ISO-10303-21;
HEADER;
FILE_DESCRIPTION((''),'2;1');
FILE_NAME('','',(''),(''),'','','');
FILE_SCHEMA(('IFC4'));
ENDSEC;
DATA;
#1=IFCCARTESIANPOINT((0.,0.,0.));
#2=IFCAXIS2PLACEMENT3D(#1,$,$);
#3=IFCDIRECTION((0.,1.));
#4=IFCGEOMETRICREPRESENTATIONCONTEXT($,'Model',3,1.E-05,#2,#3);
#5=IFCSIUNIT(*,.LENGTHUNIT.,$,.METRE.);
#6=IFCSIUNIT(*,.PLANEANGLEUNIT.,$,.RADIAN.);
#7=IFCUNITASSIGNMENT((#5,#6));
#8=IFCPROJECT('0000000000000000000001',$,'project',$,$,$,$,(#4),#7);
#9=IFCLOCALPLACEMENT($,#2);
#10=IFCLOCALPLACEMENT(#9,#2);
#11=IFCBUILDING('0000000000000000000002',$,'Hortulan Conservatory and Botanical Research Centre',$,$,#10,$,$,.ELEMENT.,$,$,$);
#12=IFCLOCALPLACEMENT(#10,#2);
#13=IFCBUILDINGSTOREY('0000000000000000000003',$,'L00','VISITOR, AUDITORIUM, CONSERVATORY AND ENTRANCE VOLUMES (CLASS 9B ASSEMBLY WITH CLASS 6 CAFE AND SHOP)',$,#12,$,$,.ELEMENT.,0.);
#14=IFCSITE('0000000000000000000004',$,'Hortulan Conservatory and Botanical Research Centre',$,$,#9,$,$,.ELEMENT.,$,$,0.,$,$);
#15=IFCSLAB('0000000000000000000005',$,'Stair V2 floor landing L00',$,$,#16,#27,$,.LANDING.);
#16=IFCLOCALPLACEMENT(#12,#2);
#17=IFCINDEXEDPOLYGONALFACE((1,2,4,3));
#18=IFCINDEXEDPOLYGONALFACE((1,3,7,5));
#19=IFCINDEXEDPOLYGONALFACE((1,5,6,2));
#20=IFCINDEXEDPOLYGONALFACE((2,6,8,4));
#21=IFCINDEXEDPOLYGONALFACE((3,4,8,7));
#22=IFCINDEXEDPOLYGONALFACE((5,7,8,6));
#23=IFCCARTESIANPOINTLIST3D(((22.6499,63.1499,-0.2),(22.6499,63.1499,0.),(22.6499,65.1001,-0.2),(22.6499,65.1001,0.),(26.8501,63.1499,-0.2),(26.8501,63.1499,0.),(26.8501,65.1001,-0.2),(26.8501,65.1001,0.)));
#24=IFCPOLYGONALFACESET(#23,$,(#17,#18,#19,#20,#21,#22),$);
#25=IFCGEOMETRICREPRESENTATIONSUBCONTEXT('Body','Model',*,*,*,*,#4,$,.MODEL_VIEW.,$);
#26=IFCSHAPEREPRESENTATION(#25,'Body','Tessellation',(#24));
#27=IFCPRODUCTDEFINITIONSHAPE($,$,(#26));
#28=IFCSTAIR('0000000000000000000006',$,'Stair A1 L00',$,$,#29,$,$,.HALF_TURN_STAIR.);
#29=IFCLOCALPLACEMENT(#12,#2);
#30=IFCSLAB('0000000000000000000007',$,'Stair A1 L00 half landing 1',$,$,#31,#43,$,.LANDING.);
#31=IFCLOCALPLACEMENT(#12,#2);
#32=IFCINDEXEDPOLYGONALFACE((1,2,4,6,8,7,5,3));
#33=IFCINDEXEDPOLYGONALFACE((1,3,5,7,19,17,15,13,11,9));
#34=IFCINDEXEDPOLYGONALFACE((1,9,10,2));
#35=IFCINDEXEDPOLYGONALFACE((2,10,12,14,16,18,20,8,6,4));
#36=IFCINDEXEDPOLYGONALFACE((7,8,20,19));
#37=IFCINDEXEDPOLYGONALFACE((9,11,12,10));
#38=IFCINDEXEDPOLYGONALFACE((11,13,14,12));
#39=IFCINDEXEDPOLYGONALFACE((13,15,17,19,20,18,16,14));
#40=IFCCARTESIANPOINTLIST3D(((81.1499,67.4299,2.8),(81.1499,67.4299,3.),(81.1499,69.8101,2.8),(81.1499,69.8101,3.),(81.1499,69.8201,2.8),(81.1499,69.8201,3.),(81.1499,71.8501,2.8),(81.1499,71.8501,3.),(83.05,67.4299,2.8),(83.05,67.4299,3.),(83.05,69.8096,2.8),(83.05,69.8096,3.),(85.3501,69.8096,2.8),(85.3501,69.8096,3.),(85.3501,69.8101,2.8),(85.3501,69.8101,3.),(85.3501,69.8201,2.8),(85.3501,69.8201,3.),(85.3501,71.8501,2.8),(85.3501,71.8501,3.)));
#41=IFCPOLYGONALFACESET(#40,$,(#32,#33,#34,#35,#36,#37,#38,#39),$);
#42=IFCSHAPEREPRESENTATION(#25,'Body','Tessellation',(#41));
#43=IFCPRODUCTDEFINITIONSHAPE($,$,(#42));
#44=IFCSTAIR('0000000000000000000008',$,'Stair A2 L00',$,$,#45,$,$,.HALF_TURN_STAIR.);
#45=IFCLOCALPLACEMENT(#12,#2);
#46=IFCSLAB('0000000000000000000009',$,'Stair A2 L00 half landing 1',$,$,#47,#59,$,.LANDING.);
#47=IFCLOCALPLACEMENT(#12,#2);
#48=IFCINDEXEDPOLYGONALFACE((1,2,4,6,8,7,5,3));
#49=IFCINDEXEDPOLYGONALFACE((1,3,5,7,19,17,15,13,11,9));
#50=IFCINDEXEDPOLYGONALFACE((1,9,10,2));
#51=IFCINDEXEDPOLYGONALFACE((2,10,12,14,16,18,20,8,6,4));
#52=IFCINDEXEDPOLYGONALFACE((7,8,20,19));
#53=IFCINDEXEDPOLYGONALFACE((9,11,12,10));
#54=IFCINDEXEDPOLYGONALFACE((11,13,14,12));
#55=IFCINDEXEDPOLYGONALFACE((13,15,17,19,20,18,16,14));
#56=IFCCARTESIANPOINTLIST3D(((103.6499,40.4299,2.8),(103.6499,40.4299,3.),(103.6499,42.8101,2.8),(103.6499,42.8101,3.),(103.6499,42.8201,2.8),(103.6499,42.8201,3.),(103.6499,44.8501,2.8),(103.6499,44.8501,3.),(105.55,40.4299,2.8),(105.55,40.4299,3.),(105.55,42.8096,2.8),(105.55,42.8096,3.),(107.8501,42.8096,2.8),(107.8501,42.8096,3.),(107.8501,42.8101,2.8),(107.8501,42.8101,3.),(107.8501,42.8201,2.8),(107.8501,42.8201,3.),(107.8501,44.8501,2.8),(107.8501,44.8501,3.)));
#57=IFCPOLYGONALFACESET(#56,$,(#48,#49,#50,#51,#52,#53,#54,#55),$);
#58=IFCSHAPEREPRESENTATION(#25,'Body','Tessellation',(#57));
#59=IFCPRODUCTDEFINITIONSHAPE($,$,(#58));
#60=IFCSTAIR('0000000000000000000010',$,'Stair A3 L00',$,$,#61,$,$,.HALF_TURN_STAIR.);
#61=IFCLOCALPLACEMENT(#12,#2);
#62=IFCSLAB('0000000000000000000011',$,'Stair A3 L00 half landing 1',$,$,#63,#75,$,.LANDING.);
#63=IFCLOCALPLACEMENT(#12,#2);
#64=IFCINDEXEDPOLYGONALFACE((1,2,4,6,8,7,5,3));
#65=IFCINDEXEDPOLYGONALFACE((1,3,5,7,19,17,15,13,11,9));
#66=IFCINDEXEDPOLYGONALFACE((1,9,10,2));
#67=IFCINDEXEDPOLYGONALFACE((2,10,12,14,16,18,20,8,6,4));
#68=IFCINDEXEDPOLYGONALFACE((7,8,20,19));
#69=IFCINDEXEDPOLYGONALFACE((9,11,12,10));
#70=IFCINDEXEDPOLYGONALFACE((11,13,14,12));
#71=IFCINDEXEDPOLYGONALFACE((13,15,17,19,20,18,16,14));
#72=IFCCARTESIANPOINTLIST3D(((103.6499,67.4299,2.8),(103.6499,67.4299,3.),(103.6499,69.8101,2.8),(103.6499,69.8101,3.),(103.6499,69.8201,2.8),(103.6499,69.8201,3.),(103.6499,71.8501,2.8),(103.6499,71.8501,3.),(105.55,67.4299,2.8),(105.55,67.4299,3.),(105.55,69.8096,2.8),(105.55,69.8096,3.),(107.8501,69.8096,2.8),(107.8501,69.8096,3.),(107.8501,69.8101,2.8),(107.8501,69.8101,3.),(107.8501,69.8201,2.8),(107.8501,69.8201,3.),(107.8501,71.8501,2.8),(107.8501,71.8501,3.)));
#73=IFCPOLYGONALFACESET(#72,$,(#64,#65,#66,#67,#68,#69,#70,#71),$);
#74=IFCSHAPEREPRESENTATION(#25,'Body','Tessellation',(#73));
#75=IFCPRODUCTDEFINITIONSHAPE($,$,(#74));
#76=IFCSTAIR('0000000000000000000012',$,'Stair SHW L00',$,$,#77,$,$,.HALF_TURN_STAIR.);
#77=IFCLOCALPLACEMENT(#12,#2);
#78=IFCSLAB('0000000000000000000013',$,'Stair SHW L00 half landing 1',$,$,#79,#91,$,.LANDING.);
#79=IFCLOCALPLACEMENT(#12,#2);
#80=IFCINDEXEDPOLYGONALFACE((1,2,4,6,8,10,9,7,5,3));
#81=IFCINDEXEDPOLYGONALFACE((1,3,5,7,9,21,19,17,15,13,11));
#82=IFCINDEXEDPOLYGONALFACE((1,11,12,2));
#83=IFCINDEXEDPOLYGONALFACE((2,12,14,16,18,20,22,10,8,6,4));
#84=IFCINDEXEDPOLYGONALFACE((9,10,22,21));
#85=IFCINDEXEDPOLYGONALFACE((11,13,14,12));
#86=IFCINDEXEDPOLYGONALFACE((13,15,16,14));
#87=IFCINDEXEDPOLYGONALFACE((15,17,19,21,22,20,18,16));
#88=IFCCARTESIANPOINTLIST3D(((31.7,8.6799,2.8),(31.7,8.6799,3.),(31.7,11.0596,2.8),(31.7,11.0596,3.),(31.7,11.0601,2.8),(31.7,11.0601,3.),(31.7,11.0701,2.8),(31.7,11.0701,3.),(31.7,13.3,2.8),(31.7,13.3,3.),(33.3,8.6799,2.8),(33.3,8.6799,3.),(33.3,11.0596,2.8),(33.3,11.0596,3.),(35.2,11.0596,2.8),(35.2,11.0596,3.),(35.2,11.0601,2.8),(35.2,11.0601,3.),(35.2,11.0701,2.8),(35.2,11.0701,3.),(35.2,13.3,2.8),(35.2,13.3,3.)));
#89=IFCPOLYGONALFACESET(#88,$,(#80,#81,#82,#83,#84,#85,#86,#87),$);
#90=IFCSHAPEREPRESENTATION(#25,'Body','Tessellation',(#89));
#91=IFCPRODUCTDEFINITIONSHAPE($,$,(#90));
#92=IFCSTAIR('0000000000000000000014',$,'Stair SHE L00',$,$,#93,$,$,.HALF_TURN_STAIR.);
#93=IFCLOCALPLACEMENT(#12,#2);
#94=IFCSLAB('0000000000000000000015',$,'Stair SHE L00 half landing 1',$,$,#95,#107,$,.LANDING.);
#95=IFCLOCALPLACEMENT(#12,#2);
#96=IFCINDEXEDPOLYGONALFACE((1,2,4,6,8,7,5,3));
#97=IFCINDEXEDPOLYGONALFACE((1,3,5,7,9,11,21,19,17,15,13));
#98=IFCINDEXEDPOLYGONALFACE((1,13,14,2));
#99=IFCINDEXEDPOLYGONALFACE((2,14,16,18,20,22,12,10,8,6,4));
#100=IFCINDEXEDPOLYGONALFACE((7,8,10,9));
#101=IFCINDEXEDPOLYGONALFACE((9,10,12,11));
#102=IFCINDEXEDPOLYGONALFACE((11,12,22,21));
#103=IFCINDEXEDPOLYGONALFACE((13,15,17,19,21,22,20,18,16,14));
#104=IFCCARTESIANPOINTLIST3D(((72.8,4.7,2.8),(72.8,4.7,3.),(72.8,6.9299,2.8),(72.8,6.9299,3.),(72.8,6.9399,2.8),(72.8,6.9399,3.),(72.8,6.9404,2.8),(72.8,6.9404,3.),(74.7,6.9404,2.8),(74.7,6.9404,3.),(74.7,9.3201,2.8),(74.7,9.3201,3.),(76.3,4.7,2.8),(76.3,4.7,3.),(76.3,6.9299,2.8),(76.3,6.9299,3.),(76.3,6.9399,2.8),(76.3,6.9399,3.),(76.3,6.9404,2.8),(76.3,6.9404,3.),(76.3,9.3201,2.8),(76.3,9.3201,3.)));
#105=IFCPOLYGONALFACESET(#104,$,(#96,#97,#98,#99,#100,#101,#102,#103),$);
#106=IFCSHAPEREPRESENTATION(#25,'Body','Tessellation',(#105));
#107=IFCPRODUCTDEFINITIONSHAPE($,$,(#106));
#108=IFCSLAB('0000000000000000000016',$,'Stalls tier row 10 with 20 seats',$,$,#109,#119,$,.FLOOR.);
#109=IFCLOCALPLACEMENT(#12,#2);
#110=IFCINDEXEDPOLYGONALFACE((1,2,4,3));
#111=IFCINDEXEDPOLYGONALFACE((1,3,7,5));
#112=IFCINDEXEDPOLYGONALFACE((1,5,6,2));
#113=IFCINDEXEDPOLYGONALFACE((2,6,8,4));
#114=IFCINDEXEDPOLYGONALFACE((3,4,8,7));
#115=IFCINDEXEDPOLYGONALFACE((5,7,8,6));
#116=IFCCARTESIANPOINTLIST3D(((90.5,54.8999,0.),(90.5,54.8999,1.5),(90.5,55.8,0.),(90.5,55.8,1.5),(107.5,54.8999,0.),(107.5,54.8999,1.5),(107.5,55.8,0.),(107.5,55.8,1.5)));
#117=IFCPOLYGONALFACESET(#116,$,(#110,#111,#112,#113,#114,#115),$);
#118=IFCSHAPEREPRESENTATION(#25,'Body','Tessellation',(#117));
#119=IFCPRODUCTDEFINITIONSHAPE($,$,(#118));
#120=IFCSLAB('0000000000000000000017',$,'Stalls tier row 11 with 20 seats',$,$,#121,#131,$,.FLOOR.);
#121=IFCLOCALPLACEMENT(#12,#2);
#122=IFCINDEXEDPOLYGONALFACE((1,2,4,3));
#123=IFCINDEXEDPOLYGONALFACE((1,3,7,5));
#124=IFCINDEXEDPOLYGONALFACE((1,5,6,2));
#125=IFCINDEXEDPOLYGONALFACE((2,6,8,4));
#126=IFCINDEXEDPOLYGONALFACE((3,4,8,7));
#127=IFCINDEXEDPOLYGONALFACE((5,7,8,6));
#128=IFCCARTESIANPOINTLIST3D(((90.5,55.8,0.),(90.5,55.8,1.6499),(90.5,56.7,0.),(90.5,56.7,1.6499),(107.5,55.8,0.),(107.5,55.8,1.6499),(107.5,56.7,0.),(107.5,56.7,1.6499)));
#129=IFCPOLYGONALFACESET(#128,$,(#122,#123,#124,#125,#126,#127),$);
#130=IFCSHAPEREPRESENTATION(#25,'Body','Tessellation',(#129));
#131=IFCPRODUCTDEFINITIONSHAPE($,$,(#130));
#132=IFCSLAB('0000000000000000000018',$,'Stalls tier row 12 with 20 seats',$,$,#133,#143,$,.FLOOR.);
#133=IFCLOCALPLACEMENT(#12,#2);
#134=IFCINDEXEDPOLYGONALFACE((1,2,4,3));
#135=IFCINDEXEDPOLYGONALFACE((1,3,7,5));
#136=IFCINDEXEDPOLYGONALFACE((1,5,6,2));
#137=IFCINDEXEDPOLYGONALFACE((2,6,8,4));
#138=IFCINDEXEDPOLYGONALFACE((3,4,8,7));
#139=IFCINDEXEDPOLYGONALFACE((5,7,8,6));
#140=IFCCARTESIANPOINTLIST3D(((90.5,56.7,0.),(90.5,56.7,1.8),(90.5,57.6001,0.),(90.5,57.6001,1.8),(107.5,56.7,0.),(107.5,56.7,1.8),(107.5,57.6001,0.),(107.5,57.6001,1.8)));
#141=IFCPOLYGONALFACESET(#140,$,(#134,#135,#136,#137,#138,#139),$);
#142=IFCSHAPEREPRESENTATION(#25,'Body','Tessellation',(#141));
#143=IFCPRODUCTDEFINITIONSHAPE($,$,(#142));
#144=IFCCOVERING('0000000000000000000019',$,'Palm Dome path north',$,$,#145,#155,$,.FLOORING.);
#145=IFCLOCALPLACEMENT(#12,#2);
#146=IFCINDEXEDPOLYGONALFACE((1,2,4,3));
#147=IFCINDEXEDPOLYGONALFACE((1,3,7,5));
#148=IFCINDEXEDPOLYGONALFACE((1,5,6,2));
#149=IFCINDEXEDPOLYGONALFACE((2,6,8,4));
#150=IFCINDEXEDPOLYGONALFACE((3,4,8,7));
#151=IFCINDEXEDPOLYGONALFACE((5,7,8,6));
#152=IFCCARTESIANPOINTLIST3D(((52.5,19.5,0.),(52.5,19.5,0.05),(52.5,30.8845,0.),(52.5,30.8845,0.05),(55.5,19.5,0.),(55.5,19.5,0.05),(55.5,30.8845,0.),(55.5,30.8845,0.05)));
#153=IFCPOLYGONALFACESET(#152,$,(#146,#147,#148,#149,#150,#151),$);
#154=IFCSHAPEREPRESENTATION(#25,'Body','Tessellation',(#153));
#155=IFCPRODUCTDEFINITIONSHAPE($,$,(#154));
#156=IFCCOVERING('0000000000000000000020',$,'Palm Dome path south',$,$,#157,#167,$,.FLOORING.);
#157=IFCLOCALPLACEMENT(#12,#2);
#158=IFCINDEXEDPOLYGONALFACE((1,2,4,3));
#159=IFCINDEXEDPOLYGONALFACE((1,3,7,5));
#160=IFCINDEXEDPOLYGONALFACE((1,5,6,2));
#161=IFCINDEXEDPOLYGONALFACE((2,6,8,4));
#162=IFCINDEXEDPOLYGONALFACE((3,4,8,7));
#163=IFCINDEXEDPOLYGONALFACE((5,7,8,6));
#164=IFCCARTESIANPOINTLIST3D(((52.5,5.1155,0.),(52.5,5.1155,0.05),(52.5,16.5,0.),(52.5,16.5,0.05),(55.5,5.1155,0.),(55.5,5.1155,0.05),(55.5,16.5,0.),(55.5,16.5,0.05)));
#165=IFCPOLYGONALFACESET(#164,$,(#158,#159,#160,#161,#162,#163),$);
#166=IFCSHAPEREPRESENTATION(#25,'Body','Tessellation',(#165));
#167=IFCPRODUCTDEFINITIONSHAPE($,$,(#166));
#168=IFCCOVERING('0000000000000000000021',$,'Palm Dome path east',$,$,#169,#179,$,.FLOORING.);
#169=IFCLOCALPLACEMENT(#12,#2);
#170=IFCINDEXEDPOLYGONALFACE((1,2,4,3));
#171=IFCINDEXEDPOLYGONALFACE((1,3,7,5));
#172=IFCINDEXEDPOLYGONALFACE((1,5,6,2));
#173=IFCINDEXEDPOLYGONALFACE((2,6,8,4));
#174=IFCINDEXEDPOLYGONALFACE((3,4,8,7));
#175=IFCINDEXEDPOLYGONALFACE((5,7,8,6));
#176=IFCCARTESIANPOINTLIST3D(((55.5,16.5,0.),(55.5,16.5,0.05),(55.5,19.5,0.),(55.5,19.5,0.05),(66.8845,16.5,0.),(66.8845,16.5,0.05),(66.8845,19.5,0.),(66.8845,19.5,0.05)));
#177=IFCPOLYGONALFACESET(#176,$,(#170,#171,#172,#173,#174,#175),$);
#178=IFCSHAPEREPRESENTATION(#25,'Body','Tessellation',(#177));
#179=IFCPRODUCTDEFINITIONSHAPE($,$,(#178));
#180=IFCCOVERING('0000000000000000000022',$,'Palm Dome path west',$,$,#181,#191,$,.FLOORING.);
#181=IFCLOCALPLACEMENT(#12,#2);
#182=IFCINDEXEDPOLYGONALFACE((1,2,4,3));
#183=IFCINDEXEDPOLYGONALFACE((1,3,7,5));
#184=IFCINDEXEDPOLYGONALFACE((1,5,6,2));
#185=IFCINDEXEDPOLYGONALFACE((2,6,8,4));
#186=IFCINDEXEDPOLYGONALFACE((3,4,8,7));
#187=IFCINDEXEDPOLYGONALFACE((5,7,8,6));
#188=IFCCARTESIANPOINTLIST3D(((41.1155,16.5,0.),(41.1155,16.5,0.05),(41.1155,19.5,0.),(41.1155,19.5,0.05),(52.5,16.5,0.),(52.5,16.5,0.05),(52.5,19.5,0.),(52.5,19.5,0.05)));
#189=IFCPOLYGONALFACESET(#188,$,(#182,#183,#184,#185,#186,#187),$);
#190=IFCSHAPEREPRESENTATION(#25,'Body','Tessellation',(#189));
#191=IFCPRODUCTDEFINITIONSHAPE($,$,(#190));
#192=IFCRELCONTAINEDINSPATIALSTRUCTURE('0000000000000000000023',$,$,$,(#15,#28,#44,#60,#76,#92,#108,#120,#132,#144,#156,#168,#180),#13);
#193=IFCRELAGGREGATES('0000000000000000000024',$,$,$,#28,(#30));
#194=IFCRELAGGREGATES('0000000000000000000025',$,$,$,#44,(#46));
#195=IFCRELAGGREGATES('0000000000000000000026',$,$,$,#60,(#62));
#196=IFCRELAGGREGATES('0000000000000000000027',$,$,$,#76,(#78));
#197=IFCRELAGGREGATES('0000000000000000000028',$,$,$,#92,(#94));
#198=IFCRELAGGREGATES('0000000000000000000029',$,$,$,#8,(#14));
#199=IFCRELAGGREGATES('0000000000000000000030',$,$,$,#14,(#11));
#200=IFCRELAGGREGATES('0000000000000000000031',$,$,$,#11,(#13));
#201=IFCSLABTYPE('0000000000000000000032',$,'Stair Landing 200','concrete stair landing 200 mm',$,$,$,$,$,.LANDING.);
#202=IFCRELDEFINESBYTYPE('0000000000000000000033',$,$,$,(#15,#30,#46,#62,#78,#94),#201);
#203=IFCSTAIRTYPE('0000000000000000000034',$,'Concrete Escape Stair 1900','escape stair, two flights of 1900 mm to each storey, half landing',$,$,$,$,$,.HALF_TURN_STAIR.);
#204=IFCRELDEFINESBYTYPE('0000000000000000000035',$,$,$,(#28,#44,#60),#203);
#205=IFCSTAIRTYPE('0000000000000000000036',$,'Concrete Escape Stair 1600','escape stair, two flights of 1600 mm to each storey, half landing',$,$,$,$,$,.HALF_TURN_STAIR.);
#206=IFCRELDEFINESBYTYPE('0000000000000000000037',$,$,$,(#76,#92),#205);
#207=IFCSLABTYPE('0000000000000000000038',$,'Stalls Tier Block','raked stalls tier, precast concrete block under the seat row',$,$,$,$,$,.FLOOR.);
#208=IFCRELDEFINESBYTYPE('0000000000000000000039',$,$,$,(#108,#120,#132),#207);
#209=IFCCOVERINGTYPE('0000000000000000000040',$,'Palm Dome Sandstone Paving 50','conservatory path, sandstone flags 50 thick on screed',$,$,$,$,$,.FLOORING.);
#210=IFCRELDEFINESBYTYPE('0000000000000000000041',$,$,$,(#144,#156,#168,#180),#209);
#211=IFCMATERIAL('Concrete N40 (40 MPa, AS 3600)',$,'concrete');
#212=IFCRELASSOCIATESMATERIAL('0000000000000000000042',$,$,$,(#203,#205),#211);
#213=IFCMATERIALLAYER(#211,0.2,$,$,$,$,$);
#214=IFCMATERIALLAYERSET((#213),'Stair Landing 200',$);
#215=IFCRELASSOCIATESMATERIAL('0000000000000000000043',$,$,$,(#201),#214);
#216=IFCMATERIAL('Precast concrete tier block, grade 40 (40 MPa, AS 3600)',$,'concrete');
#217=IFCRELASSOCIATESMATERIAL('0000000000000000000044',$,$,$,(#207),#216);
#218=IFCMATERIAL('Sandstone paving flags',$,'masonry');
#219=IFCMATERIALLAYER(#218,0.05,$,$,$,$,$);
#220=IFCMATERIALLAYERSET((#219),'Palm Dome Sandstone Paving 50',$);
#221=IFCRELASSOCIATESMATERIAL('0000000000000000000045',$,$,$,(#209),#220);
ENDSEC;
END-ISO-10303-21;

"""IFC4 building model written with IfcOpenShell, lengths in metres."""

from ifc_helpers import new_model, si_unit, direction, frame, origin, place, context, subcontext, project, spatial, polyline, outline, extrude, material, layer, layer_set, type_object, element, aggregate, save


model = new_model("IFC4")

# Units and contexts
model_context = context("Model", 3, precision=1e-05, world=origin(), true_north=direction((0.0, 1.0)))
body_context = subcontext(model_context, "Body", "Model", "MODEL_VIEW")
ifc_project = project(units=[si_unit("LENGTHUNIT", "METRE"), si_unit("PLANEANGLEUNIT", "RADIAN")], contexts=[model_context])

# Site, building, storey
site_placement = place(None, origin())
site = spatial("IfcSite", under=ifc_project, at=site_placement, Name="Hortulan Conservatory and Botanical Research Centre", CompositionType="ELEMENT", RefElevation=0.0)
building_placement = place(site_placement, origin())
building = spatial("IfcBuilding", under=site, at=building_placement, Name="Hortulan Conservatory and Botanical Research Centre", CompositionType="ELEMENT")
storey_placement = place(building_placement, origin())
storey = spatial("IfcBuildingStorey", under=building, at=storey_placement, Name="L00", Description="VISITOR, AUDITORIUM, CONSERVATORY AND ENTRANCE VOLUMES (CLASS 9B ASSEMBLY WITH CLASS 6 CAFE AND SHOP)", CompositionType="ELEMENT", Elevation=0.0)

# Shared definitions
ifc_material_1 = material(Name="Concrete N40 (40 MPa, AS 3600)", Category="concrete")
stair_type_1 = type_object("IfcStairType", Name="Concrete Escape Stair 1900", Description="escape stair, two flights of 1900 mm to each storey, half landing", PredefinedType="HALF_TURN_STAIR", material=ifc_material_1)
ifc_layer_1 = layer(ifc_material_1, 0.2)
ifc_layer_set_1 = layer_set([ifc_layer_1], Name="Stair Landing 200")
slab_type_1 = type_object("IfcSlabType", Name="Stair Landing 200", Description="concrete stair landing 200 mm", PredefinedType="LANDING", material=ifc_layer_set_1)

# Slab
slab_1_placement = place(storey_placement, frame((0.0, 0.0, -0.2)))
element("IfcSlab", 1, at=slab_1_placement, inside=storey, type_object=slab_type_1, Name="Stair V2 floor landing L00", PredefinedType="LANDING", context=body_context, shape_type="SweptSolid", body=[
    extrude(outline(polyline([(26.8501, 63.1499), (22.6499, 63.1499), (22.6499, 65.1001), (26.8501, 65.1001), (26.8501, 63.1499)])), origin(), (0.0, 0.0, 1.0), 0.2),
])

# Stairs, slabs
stair_1_placement = place(storey_placement, origin())
stair_1 = element("IfcStair", 2, at=stair_1_placement, inside=storey, type_object=stair_type_1, Name="Stair A1 L00", PredefinedType="HALF_TURN_STAIR")
slab_2_placement = place(storey_placement, frame((0.0, 0.0, 2.8)))
slab_2 = element("IfcSlab", 3, at=slab_2_placement, type_object=slab_type_1, Name="Stair A1 L00 half landing 1", PredefinedType="LANDING", context=body_context, shape_type="SweptSolid", body=[
    extrude(outline(polyline([(85.3501, 69.8096), (83.05, 69.8096), (83.05, 67.4299), (81.1499, 67.4299), (81.1499, 69.8101), (81.1499, 69.8101), (81.1499, 69.8201), (81.1499, 71.8501), (85.3501, 71.8501), (85.3501, 69.8201), (85.3501, 69.8101), (85.3501, 69.8096)])), origin(), (0.0, 0.0, 1.0), 0.2),
])
aggregate(stair_1, [slab_2])
stair_2_placement = place(storey_placement, origin())
stair_2 = element("IfcStair", 4, at=stair_2_placement, inside=storey, type_object=stair_type_1, Name="Stair A2 L00", PredefinedType="HALF_TURN_STAIR")
slab_3_placement = place(storey_placement, frame((0.0, 0.0, 2.8)))
slab_3 = element("IfcSlab", 5, at=slab_3_placement, type_object=slab_type_1, Name="Stair A2 L00 half landing 1", PredefinedType="LANDING", context=body_context, shape_type="SweptSolid", body=[
    extrude(outline(polyline([(107.8501, 42.8096), (105.55, 42.8096), (105.55, 40.4299), (103.6499, 40.4299), (103.6499, 42.8101), (103.6499, 42.8101), (103.6499, 42.8201), (103.6499, 44.8501), (107.8501, 44.8501), (107.8501, 42.8201), (107.8501, 42.8101), (107.8501, 42.8096)])), origin(), (0.0, 0.0, 1.0), 0.2),
])
aggregate(stair_2, [slab_3])
stair_3_placement = place(storey_placement, origin())
stair_3 = element("IfcStair", 6, at=stair_3_placement, inside=storey, type_object=stair_type_1, Name="Stair A3 L00", PredefinedType="HALF_TURN_STAIR")
slab_4_placement = place(storey_placement, frame((0.0, 0.0, 2.8)))
slab_4 = element("IfcSlab", 7, at=slab_4_placement, type_object=slab_type_1, Name="Stair A3 L00 half landing 1", PredefinedType="LANDING", context=body_context, shape_type="SweptSolid", body=[
    extrude(outline(polyline([(107.8501, 69.8096), (105.55, 69.8096), (105.55, 67.4299), (103.6499, 67.4299), (103.6499, 69.8101), (103.6499, 69.8101), (103.6499, 69.8201), (103.6499, 71.8501), (107.8501, 71.8501), (107.8501, 69.8201), (107.8501, 69.8101), (107.8501, 69.8096)])), origin(), (0.0, 0.0, 1.0), 0.2),
])
aggregate(stair_3, [slab_4])
stair_type_2 = type_object("IfcStairType", Name="Concrete Escape Stair 1600", Description="escape stair, two flights of 1600 mm to each storey, half landing", PredefinedType="HALF_TURN_STAIR", material=ifc_material_1)
stair_4_placement = place(storey_placement, origin())
stair_4 = element("IfcStair", 8, at=stair_4_placement, inside=storey, type_object=stair_type_2, Name="Stair SHW L00", PredefinedType="HALF_TURN_STAIR")
slab_5_placement = place(storey_placement, frame((0.0, 0.0, 2.8)))
slab_5 = element("IfcSlab", 9, at=slab_5_placement, type_object=slab_type_1, Name="Stair SHW L00 half landing 1", PredefinedType="LANDING", context=body_context, shape_type="SweptSolid", body=[
    extrude(outline(polyline([(35.2, 11.0596), (33.3, 11.0596), (33.3, 8.6799), (31.7, 8.6799), (31.7, 11.0596), (31.7, 11.0601), (31.7, 11.0701), (31.7, 13.3), (35.2, 13.3), (35.2, 11.0701), (35.2, 11.0601), (35.2, 11.0596)])), origin(), (0.0, 0.0, 1.0), 0.2),
])
aggregate(stair_4, [slab_5])
stair_5_placement = place(storey_placement, origin())
stair_5 = element("IfcStair", 10, at=stair_5_placement, inside=storey, type_object=stair_type_2, Name="Stair SHE L00", PredefinedType="HALF_TURN_STAIR")
slab_6_placement = place(storey_placement, frame((0.0, 0.0, 2.8)))
slab_6 = element("IfcSlab", 11, at=slab_6_placement, type_object=slab_type_1, Name="Stair SHE L00 half landing 1", PredefinedType="LANDING", context=body_context, shape_type="SweptSolid", body=[
    extrude(outline(polyline([(72.8, 6.9404), (74.7, 6.9404), (74.7, 9.3201), (76.3, 9.3201), (76.3, 6.9404), (76.3, 6.9399), (76.3, 6.9299), (76.3, 4.7), (72.8, 4.7), (72.8, 6.9299), (72.8, 6.9399), (72.8, 6.9404)])), origin(), (0.0, 0.0, 1.0), 0.2),
])
aggregate(stair_5, [slab_6])

# Slabs
ifc_material_2 = material(Name="Precast concrete tier block, grade 40 (40 MPa, AS 3600)", Category="concrete")
slab_type_2 = type_object("IfcSlabType", Name="Stalls Tier Block", Description="raked stalls tier, precast concrete block under the seat row", PredefinedType="FLOOR", material=ifc_material_2)
slab_7_placement = place(storey_placement, origin())
element("IfcSlab", 12, at=slab_7_placement, inside=storey, type_object=slab_type_2, Name="Stalls tier row 10 with 20 seats", PredefinedType="FLOOR", context=body_context, shape_type="SweptSolid", body=[
    extrude(outline(polyline([(90.5, 54.8999), (107.5, 54.8999), (107.5, 55.8), (90.5, 55.8), (90.5, 54.8999)])), origin(), (0.0, 0.0, 1.0), 1.5),
])
slab_8_placement = place(storey_placement, origin())
element("IfcSlab", 13, at=slab_8_placement, inside=storey, type_object=slab_type_2, Name="Stalls tier row 11 with 20 seats", PredefinedType="FLOOR", context=body_context, shape_type="SweptSolid", body=[
    extrude(outline(polyline([(90.5, 55.8), (107.5, 55.8), (107.5, 56.7), (90.5, 56.7), (90.5, 55.8)])), origin(), (0.0, 0.0, 1.0), 1.6499),
])
slab_9_placement = place(storey_placement, origin())
element("IfcSlab", 14, at=slab_9_placement, inside=storey, type_object=slab_type_2, Name="Stalls tier row 12 with 20 seats", PredefinedType="FLOOR", context=body_context, shape_type="SweptSolid", body=[
    extrude(outline(polyline([(90.5, 56.7), (107.5, 56.7), (107.5, 57.6001), (90.5, 57.6001), (90.5, 56.7)])), origin(), (0.0, 0.0, 1.0), 1.8),
])

# Coverings
ifc_material_3 = material(Name="Sandstone paving flags", Category="masonry")
ifc_layer_2 = layer(ifc_material_3, 0.05)
ifc_layer_set_2 = layer_set([ifc_layer_2], Name="Palm Dome Sandstone Paving 50")
covering_type = type_object("IfcCoveringType", Name="Palm Dome Sandstone Paving 50", Description="conservatory path, sandstone flags 50 thick on screed", PredefinedType="FLOORING", material=ifc_layer_set_2)
covering_1_placement = place(storey_placement, origin())
element("IfcCovering", 15, at=covering_1_placement, inside=storey, type_object=covering_type, Name="Palm Dome path north", PredefinedType="FLOORING", context=body_context, shape_type="SweptSolid", body=[
    extrude(outline(polyline([(55.5, 19.5), (52.5, 19.5), (52.5, 30.8845), (55.5, 30.8845), (55.5, 19.5)])), origin(), (0.0, 0.0, 1.0), 0.05),
])
covering_2_placement = place(storey_placement, origin())
element("IfcCovering", 16, at=covering_2_placement, inside=storey, type_object=covering_type, Name="Palm Dome path south", PredefinedType="FLOORING", context=body_context, shape_type="SweptSolid", body=[
    extrude(outline(polyline([(52.5, 16.5), (55.5, 16.5), (55.5, 5.1155), (52.5, 5.1155), (52.5, 16.5)])), origin(), (0.0, 0.0, 1.0), 0.05),
])
covering_3_placement = place(storey_placement, origin())
element("IfcCovering", 17, at=covering_3_placement, inside=storey, type_object=covering_type, Name="Palm Dome path east", PredefinedType="FLOORING", context=body_context, shape_type="SweptSolid", body=[
    extrude(outline(polyline([(55.5, 16.5), (55.5, 19.5), (66.8845, 19.5), (66.8845, 16.5), (55.5, 16.5)])), origin(), (0.0, 0.0, 1.0), 0.05),
])
covering_4_placement = place(storey_placement, origin())
element("IfcCovering", 18, at=covering_4_placement, inside=storey, type_object=covering_type, Name="Palm Dome path west", PredefinedType="FLOORING", context=body_context, shape_type="SweptSolid", body=[
    extrude(outline(polyline([(52.5, 19.5), (52.5, 16.5), (41.1155, 16.5), (41.1155, 19.5), (52.5, 19.5)])), origin(), (0.0, 0.0, 1.0), 0.05),
])

save(model, "model.ifc")
